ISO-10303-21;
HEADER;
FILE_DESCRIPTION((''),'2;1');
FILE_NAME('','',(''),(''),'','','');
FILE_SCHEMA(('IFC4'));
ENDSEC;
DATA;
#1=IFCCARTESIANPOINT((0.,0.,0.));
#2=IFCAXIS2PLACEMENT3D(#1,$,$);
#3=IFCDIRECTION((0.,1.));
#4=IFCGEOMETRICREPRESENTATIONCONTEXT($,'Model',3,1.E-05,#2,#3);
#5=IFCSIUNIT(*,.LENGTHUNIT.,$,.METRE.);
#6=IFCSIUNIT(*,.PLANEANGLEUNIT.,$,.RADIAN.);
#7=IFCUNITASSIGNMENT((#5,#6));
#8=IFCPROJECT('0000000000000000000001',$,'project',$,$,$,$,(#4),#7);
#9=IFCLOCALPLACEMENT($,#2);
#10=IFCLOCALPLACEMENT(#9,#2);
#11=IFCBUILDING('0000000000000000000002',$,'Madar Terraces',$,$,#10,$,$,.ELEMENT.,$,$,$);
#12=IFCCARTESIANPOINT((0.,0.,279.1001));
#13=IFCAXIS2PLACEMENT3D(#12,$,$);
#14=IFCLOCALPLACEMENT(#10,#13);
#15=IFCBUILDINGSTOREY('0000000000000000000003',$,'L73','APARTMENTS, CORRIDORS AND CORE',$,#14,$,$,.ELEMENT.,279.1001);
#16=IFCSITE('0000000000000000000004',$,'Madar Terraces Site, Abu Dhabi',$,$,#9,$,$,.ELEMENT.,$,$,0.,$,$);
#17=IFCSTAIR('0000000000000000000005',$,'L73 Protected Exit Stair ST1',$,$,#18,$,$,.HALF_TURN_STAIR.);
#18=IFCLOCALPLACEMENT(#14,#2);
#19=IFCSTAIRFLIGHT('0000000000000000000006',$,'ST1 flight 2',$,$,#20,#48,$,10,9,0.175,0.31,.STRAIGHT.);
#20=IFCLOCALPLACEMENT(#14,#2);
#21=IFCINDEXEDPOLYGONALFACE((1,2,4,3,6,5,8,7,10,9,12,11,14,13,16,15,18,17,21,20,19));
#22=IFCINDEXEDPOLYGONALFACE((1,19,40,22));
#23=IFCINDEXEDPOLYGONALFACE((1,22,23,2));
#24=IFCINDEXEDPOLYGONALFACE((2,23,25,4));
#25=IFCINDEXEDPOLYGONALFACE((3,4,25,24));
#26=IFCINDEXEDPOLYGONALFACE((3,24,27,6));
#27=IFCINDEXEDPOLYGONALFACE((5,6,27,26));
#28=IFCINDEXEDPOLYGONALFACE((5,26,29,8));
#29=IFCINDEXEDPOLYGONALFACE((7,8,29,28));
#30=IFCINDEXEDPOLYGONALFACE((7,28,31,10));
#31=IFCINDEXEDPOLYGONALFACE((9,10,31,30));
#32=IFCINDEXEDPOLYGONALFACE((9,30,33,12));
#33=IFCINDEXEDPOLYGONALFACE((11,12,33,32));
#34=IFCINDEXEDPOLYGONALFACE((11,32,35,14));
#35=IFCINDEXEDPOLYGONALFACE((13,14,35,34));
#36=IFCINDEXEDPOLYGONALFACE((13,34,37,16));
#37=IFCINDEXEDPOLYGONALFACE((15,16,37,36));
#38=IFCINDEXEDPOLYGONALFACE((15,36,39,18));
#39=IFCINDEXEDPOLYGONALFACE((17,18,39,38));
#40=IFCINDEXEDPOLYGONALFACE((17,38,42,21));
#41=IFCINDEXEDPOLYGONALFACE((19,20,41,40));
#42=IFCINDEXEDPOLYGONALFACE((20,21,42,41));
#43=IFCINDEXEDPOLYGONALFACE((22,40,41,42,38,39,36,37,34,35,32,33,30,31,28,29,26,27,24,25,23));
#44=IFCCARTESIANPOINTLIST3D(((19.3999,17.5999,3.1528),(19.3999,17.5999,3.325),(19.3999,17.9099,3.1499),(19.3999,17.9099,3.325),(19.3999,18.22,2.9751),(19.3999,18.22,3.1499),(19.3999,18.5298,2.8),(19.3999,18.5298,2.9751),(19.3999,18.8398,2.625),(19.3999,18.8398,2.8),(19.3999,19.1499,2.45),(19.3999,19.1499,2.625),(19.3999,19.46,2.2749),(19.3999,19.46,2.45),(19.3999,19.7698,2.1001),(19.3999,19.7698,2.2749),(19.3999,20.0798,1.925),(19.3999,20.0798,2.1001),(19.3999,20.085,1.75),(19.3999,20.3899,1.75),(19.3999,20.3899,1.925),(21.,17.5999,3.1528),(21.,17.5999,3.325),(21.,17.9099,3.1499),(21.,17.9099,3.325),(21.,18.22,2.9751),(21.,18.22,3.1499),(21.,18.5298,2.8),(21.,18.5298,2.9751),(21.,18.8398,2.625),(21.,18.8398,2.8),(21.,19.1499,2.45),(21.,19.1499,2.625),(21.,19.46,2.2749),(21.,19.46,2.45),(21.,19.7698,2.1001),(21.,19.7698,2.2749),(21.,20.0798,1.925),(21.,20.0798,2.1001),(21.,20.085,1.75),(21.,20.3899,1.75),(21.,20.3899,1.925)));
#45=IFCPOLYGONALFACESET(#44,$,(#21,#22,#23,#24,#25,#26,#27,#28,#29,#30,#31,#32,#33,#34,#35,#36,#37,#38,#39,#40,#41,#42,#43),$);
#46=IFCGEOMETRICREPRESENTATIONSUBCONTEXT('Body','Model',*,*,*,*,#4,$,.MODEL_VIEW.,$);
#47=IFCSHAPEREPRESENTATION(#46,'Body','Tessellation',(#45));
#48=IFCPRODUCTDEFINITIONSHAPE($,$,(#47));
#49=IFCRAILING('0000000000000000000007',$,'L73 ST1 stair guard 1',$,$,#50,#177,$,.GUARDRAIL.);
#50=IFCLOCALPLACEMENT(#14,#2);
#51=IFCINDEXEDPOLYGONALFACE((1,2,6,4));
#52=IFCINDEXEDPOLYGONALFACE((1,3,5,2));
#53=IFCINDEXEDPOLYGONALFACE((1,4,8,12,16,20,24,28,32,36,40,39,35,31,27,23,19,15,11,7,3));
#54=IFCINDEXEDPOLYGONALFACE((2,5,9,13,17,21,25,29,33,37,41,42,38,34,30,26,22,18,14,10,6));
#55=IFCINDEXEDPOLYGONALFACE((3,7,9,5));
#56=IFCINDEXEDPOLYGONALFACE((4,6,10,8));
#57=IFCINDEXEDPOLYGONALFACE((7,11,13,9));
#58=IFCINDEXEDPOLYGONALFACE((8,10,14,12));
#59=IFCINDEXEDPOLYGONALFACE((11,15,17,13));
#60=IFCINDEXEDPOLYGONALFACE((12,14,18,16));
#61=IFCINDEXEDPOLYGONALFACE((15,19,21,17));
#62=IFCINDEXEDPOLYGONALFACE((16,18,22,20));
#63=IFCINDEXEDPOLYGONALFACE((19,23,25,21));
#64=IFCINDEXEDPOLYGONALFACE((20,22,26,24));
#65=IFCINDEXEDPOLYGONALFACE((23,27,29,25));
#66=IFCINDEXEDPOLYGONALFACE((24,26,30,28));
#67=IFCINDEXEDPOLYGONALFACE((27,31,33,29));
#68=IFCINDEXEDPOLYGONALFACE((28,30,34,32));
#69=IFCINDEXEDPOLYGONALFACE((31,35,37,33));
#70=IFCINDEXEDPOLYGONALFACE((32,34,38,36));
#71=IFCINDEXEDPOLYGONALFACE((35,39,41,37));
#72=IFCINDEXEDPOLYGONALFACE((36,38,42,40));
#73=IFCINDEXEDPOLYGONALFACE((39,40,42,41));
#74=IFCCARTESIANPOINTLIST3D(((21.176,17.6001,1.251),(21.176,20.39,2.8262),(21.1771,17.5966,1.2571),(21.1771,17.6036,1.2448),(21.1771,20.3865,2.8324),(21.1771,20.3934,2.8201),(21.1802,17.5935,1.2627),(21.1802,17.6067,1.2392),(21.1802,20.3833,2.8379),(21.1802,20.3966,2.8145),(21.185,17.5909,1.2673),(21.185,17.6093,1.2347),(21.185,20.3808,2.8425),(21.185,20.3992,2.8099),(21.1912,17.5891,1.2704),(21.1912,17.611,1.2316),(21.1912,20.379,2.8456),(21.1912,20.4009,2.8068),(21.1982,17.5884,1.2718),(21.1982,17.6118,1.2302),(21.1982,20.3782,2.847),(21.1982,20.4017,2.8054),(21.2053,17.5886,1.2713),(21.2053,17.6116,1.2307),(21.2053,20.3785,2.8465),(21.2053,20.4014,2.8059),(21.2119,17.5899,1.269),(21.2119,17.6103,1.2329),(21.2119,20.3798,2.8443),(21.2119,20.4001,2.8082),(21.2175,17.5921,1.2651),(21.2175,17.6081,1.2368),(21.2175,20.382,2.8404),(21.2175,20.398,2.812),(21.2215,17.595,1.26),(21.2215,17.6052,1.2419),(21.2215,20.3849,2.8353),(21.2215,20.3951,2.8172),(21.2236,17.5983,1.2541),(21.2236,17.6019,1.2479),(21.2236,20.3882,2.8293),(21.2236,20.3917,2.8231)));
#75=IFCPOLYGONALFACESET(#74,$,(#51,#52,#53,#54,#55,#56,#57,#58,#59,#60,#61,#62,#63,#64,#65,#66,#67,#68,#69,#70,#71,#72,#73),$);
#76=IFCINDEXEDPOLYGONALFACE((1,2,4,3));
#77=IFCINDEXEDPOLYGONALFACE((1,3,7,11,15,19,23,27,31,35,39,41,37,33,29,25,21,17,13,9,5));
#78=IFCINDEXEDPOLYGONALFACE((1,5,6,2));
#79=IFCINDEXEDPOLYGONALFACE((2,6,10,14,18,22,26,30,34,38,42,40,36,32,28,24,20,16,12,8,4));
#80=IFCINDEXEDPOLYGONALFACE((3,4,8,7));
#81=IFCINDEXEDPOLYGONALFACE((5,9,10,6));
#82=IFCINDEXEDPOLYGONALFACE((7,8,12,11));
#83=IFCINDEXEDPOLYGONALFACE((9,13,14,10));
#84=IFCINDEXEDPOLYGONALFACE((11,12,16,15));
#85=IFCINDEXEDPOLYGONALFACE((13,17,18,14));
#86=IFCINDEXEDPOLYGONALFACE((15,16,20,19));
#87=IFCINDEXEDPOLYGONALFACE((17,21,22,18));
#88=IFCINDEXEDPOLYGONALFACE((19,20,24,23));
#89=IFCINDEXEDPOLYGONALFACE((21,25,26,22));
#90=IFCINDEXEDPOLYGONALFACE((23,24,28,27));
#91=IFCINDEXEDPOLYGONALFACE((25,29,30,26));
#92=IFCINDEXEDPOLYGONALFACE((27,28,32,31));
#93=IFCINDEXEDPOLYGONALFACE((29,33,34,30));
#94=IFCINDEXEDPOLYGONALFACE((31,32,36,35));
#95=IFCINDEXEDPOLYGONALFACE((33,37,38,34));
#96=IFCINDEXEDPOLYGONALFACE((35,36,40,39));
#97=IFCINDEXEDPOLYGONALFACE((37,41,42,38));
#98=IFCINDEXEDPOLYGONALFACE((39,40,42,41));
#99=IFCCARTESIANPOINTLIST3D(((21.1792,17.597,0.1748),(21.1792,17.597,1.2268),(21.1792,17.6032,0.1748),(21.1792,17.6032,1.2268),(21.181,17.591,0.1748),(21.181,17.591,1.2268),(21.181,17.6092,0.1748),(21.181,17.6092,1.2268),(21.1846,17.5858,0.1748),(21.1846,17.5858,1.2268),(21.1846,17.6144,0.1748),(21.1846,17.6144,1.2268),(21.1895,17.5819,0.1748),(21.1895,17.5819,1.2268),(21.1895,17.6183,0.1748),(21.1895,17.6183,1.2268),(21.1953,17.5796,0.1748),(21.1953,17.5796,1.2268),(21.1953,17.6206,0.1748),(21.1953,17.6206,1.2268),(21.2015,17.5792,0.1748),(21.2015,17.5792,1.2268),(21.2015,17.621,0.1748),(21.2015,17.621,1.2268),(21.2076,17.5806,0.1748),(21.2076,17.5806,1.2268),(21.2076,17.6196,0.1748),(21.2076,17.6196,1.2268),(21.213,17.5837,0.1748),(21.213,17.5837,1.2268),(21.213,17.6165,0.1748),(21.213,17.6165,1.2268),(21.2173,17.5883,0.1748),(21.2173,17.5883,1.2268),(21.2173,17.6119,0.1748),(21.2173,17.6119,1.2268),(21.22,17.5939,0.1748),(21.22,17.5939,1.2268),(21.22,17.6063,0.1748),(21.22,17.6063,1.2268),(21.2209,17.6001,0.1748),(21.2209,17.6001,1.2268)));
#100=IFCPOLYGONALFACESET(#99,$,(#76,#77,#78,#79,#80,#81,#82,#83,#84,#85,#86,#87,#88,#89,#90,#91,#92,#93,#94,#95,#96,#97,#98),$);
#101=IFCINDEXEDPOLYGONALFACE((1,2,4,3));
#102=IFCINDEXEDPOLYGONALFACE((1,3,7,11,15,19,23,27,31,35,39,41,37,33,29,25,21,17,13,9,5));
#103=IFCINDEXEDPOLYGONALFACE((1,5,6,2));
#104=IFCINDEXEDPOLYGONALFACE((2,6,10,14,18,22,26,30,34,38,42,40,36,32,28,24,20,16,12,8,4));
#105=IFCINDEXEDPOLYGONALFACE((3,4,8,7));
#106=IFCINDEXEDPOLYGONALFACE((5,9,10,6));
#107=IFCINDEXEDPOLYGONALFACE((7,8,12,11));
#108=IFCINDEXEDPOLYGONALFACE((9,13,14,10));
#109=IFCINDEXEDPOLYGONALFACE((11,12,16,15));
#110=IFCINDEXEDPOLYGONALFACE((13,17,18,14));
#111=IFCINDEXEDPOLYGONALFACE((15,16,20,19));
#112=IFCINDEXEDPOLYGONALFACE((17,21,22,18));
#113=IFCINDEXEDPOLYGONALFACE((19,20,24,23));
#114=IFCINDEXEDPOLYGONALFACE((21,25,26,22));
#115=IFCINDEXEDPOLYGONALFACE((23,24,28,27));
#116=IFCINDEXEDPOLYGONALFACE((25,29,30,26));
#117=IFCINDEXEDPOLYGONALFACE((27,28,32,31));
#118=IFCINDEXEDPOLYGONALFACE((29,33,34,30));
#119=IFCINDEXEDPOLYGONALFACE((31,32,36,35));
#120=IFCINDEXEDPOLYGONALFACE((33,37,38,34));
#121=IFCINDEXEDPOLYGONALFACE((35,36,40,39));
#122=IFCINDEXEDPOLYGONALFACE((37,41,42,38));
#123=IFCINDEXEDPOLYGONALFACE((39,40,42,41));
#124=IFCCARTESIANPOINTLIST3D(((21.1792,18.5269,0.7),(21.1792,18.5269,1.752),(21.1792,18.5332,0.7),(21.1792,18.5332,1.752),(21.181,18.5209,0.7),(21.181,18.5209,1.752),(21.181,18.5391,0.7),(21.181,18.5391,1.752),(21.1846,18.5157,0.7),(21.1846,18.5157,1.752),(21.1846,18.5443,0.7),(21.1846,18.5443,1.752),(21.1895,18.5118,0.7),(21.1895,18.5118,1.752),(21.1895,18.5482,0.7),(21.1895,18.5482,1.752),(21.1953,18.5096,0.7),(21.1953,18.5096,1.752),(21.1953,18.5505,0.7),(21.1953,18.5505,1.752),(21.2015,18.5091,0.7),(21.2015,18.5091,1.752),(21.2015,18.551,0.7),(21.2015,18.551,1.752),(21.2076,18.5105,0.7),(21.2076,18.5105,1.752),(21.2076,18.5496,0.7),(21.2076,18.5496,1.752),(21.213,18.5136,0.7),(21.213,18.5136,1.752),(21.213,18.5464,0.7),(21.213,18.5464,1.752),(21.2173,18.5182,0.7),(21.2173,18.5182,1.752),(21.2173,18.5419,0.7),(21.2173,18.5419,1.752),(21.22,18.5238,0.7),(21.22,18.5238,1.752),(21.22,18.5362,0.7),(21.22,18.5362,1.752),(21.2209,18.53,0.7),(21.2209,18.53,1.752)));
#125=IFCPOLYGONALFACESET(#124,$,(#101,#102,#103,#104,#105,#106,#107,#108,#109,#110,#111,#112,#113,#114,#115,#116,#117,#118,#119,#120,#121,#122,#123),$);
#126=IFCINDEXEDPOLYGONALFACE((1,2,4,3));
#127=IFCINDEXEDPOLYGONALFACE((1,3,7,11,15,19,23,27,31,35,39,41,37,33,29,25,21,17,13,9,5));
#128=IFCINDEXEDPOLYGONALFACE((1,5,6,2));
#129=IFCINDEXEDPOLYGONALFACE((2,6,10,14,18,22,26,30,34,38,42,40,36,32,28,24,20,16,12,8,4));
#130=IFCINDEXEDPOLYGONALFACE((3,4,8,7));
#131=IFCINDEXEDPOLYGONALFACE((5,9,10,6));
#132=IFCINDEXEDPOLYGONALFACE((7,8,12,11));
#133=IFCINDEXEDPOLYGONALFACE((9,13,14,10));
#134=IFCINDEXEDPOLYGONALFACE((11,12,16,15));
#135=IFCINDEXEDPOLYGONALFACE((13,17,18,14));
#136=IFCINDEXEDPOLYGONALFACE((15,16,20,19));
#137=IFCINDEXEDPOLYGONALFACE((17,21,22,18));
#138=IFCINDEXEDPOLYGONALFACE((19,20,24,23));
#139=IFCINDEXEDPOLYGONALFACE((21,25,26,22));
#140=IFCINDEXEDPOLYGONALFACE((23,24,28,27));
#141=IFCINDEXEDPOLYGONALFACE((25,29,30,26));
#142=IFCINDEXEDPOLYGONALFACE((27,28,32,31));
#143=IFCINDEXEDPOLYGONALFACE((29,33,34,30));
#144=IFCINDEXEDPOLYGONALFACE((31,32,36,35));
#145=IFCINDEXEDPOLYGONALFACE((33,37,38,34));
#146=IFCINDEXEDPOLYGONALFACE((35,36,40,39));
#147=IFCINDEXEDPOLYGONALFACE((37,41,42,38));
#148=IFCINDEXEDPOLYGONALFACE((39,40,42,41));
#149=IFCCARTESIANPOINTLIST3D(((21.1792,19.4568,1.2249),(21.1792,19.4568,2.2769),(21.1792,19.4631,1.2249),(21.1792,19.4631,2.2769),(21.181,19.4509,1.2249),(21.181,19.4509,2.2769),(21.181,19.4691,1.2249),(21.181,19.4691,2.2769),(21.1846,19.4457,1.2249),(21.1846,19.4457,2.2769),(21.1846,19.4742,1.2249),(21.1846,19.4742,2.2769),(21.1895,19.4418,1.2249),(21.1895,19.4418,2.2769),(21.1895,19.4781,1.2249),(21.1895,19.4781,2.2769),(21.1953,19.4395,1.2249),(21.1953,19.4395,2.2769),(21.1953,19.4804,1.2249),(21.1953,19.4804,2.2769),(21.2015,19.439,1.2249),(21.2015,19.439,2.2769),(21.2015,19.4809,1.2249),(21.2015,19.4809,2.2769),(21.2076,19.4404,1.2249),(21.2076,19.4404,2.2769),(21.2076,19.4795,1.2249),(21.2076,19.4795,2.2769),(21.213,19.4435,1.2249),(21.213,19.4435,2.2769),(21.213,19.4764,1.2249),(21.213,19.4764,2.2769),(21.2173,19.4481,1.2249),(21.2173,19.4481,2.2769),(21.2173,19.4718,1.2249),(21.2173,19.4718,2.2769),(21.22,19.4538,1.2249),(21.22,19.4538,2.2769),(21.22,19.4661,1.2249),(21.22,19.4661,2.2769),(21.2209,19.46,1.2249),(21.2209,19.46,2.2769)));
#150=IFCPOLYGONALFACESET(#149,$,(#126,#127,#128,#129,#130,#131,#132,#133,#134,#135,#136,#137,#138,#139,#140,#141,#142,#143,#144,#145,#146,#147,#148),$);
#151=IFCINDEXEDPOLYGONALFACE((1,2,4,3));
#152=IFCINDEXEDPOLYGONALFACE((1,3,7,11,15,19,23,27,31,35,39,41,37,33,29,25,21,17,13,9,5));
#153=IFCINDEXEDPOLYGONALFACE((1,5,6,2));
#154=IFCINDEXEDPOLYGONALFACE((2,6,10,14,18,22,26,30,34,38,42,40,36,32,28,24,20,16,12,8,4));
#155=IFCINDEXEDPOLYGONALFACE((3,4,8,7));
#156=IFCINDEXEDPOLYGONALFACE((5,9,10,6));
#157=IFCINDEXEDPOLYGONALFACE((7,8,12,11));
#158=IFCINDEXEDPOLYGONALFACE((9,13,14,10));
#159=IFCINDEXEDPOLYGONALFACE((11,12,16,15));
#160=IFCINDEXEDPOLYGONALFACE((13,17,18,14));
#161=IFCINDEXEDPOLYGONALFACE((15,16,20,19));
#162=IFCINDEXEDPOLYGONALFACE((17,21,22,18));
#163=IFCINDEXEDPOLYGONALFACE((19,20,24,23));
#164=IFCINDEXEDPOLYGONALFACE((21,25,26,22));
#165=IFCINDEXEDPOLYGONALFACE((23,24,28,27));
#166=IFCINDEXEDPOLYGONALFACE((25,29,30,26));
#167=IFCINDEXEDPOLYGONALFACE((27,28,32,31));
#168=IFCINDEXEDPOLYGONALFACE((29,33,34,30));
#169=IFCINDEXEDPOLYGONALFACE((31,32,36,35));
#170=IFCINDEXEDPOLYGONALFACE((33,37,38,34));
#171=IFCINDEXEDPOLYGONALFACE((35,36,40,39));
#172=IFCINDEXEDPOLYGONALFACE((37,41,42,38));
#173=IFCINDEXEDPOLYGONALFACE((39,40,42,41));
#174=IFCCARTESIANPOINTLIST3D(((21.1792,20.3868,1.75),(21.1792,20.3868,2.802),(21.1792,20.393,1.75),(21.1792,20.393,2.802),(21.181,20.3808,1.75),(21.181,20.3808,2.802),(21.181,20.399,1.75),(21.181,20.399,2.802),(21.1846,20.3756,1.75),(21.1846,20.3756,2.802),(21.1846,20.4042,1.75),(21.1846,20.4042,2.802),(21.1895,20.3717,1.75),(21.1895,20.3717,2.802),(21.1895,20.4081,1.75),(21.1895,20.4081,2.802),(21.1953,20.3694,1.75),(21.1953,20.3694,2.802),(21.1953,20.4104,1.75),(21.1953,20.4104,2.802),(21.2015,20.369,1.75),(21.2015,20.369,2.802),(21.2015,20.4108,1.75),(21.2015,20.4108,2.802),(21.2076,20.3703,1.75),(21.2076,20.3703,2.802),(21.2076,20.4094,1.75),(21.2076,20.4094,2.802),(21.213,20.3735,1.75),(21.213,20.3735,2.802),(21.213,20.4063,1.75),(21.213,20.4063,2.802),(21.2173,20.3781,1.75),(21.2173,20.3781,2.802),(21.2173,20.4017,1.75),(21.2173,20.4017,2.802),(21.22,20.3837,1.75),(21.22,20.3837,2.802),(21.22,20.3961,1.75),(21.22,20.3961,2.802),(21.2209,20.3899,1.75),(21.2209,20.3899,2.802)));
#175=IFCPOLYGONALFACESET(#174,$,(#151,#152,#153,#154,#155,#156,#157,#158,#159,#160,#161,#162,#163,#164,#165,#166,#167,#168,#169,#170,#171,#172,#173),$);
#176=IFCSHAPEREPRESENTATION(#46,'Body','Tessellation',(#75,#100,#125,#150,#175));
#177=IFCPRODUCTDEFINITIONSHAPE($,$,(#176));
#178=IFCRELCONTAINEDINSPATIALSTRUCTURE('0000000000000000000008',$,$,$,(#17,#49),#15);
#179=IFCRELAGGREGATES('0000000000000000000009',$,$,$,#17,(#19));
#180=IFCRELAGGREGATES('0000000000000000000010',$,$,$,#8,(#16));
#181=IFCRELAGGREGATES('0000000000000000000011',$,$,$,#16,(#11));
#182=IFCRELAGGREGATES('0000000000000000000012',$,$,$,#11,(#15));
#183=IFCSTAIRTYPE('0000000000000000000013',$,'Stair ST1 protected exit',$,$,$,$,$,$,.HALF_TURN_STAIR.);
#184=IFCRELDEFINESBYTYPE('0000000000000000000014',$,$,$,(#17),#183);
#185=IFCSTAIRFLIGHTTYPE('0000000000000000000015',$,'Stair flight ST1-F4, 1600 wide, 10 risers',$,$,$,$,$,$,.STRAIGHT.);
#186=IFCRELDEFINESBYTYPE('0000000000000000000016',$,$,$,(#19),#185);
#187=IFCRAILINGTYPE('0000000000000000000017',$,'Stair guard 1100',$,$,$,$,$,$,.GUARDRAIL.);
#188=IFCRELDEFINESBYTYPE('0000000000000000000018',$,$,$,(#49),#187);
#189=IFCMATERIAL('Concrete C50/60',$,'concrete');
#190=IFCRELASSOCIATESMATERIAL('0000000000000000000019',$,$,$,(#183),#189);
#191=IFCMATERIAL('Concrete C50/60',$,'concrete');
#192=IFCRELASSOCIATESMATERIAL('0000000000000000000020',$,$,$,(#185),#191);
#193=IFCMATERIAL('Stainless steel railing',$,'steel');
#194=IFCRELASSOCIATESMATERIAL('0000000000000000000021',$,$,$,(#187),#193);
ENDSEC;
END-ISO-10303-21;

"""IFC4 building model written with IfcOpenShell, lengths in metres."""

from ifc_helpers import new_model, si_unit, direction, frame, origin, origin_2d, place, context, subcontext, project, spatial, polyline, circle, outline, extrude, material, type_object, element, aggregate, save


model = new_model("IFC4")

# Units and contexts
model_context = context("Model", 3, precision=1e-05, world=origin(), true_north=direction((0.0, 1.0)))
body_context = subcontext(model_context, "Body", "Model", "MODEL_VIEW")
ifc_project = project(units=[si_unit("LENGTHUNIT", "METRE"), si_unit("PLANEANGLEUNIT", "RADIAN")], contexts=[model_context])

# Site, building, storey
site_placement = place(None, origin())
site = spatial("IfcSite", under=ifc_project, at=site_placement, Name="Madar Terraces Site, Abu Dhabi", CompositionType="ELEMENT", RefElevation=0.0)
building_placement = place(site_placement, origin())
building = spatial("IfcBuilding", under=site, at=building_placement, Name="Madar Terraces", CompositionType="ELEMENT")
storey_placement = place(building_placement, frame((0.0, 0.0, 279.1001)))
storey = spatial("IfcBuildingStorey", under=building, at=storey_placement, Name="L73", Description="APARTMENTS, CORRIDORS AND CORE", CompositionType="ELEMENT", Elevation=279.1001)

# Stair, stair flight
ifc_material_1 = material(Name="Concrete C50/60", Category="concrete")
stair_type = type_object("IfcStairType", Name="Stair ST1 protected exit", PredefinedType="HALF_TURN_STAIR", material=ifc_material_1)
stair_placement = place(storey_placement, origin())
stair = element("IfcStair", 1, at=stair_placement, inside=storey, type_object=stair_type, Name="L73 Protected Exit Stair ST1", PredefinedType="HALF_TURN_STAIR")
ifc_material_2 = material(Name="Concrete C50/60", Category="concrete")
stair_flight_type = type_object("IfcStairFlightType", Name="Stair flight ST1-F4, 1600 wide, 10 risers", PredefinedType="STRAIGHT", material=ifc_material_2)
stair_flight_1_placement = place(storey_placement, frame((20.2, 20.3899, 1.75), z_axis=(0.0, 0.0, 1.0), x_axis=(0.0, -1.0, 0.0)))
stair_flight_1 = element("IfcStairFlight", 2, at=stair_flight_1_placement, type_object=stair_flight_type, Name="ST1 flight 2", NumberOfRisers=10, NumberOfTreads=9, PredefinedType="STRAIGHT", RiserHeight=0.175, TreadLength=0.31, context=body_context, shape_type="SweptSolid", body=[
    extrude(outline(polyline([(0.0, 0.0), (0.0, 0.175), (0.3101, 0.175), (0.3101, 0.3501), (0.6201, 0.3501), (0.6201, 0.5249), (0.9299, 0.5249), (0.9299, 0.7), (1.24, 0.7), (1.24, 0.875), (1.55, 0.875), (1.55, 1.05), (1.8601, 1.05), (1.8601, 1.2251), (2.1699, 1.2251), (2.1699, 1.3999), (2.48, 1.3999), (2.48, 1.575), (2.79, 1.575), (2.79, 1.75), (2.79, 1.4028), (0.3049, 0.0), (0.0, 0.0)])), frame((0.0, 0.8, 0.0), z_axis=(0.0, -1.0, 0.0), x_axis=(1.0, 0.0, 0.0)), (0.0, 0.0, 1.0), 1.6001),
])
aggregate(stair, [stair_flight_1])

# Railing
ifc_material_3 = material(Name="Stainless steel railing", Category="steel")
railing_type_1 = type_object("IfcRailingType", Name="Stair guard 1100", PredefinedType="GUARDRAIL", material=ifc_material_3)
railing_1_placement = place(storey_placement, frame((21.2, 17.6001, 0.1748)))
element("IfcRailing", 3, at=railing_1_placement, inside=storey, type_object=railing_type_1, Name="L73 ST1 stair guard 1", PredefinedType="GUARDRAIL", context=body_context, shape_type="SweptSolid", body=[
    extrude(circle(Radius=0.0239, at=origin_2d()), frame((0.0, 0.0, 1.0762), z_axis=(0.0, 0.870783, 0.491668), x_axis=(-1.0, 0.0, 0.0)), (0.0, 0.0, 1.0), 3.2039),
    extrude(circle(Radius=0.021, at=origin_2d()), origin(), (0.0, 0.0, 1.0), 1.052),
    extrude(circle(Radius=0.021, at=origin_2d()), frame((0.0, 0.9299, 0.5251)), (0.0, 0.0, 1.0), 1.052),
    extrude(circle(Radius=0.021, at=origin_2d()), frame((0.0, 1.8599, 1.05)), (0.0, 0.0, 1.0), 1.052),
    extrude(circle(Radius=0.021, at=origin_2d()), frame((0.0, 2.7898, 1.5752)), (0.0, 0.0, 1.0), 1.052),
])

save(model, "model.ifc")
